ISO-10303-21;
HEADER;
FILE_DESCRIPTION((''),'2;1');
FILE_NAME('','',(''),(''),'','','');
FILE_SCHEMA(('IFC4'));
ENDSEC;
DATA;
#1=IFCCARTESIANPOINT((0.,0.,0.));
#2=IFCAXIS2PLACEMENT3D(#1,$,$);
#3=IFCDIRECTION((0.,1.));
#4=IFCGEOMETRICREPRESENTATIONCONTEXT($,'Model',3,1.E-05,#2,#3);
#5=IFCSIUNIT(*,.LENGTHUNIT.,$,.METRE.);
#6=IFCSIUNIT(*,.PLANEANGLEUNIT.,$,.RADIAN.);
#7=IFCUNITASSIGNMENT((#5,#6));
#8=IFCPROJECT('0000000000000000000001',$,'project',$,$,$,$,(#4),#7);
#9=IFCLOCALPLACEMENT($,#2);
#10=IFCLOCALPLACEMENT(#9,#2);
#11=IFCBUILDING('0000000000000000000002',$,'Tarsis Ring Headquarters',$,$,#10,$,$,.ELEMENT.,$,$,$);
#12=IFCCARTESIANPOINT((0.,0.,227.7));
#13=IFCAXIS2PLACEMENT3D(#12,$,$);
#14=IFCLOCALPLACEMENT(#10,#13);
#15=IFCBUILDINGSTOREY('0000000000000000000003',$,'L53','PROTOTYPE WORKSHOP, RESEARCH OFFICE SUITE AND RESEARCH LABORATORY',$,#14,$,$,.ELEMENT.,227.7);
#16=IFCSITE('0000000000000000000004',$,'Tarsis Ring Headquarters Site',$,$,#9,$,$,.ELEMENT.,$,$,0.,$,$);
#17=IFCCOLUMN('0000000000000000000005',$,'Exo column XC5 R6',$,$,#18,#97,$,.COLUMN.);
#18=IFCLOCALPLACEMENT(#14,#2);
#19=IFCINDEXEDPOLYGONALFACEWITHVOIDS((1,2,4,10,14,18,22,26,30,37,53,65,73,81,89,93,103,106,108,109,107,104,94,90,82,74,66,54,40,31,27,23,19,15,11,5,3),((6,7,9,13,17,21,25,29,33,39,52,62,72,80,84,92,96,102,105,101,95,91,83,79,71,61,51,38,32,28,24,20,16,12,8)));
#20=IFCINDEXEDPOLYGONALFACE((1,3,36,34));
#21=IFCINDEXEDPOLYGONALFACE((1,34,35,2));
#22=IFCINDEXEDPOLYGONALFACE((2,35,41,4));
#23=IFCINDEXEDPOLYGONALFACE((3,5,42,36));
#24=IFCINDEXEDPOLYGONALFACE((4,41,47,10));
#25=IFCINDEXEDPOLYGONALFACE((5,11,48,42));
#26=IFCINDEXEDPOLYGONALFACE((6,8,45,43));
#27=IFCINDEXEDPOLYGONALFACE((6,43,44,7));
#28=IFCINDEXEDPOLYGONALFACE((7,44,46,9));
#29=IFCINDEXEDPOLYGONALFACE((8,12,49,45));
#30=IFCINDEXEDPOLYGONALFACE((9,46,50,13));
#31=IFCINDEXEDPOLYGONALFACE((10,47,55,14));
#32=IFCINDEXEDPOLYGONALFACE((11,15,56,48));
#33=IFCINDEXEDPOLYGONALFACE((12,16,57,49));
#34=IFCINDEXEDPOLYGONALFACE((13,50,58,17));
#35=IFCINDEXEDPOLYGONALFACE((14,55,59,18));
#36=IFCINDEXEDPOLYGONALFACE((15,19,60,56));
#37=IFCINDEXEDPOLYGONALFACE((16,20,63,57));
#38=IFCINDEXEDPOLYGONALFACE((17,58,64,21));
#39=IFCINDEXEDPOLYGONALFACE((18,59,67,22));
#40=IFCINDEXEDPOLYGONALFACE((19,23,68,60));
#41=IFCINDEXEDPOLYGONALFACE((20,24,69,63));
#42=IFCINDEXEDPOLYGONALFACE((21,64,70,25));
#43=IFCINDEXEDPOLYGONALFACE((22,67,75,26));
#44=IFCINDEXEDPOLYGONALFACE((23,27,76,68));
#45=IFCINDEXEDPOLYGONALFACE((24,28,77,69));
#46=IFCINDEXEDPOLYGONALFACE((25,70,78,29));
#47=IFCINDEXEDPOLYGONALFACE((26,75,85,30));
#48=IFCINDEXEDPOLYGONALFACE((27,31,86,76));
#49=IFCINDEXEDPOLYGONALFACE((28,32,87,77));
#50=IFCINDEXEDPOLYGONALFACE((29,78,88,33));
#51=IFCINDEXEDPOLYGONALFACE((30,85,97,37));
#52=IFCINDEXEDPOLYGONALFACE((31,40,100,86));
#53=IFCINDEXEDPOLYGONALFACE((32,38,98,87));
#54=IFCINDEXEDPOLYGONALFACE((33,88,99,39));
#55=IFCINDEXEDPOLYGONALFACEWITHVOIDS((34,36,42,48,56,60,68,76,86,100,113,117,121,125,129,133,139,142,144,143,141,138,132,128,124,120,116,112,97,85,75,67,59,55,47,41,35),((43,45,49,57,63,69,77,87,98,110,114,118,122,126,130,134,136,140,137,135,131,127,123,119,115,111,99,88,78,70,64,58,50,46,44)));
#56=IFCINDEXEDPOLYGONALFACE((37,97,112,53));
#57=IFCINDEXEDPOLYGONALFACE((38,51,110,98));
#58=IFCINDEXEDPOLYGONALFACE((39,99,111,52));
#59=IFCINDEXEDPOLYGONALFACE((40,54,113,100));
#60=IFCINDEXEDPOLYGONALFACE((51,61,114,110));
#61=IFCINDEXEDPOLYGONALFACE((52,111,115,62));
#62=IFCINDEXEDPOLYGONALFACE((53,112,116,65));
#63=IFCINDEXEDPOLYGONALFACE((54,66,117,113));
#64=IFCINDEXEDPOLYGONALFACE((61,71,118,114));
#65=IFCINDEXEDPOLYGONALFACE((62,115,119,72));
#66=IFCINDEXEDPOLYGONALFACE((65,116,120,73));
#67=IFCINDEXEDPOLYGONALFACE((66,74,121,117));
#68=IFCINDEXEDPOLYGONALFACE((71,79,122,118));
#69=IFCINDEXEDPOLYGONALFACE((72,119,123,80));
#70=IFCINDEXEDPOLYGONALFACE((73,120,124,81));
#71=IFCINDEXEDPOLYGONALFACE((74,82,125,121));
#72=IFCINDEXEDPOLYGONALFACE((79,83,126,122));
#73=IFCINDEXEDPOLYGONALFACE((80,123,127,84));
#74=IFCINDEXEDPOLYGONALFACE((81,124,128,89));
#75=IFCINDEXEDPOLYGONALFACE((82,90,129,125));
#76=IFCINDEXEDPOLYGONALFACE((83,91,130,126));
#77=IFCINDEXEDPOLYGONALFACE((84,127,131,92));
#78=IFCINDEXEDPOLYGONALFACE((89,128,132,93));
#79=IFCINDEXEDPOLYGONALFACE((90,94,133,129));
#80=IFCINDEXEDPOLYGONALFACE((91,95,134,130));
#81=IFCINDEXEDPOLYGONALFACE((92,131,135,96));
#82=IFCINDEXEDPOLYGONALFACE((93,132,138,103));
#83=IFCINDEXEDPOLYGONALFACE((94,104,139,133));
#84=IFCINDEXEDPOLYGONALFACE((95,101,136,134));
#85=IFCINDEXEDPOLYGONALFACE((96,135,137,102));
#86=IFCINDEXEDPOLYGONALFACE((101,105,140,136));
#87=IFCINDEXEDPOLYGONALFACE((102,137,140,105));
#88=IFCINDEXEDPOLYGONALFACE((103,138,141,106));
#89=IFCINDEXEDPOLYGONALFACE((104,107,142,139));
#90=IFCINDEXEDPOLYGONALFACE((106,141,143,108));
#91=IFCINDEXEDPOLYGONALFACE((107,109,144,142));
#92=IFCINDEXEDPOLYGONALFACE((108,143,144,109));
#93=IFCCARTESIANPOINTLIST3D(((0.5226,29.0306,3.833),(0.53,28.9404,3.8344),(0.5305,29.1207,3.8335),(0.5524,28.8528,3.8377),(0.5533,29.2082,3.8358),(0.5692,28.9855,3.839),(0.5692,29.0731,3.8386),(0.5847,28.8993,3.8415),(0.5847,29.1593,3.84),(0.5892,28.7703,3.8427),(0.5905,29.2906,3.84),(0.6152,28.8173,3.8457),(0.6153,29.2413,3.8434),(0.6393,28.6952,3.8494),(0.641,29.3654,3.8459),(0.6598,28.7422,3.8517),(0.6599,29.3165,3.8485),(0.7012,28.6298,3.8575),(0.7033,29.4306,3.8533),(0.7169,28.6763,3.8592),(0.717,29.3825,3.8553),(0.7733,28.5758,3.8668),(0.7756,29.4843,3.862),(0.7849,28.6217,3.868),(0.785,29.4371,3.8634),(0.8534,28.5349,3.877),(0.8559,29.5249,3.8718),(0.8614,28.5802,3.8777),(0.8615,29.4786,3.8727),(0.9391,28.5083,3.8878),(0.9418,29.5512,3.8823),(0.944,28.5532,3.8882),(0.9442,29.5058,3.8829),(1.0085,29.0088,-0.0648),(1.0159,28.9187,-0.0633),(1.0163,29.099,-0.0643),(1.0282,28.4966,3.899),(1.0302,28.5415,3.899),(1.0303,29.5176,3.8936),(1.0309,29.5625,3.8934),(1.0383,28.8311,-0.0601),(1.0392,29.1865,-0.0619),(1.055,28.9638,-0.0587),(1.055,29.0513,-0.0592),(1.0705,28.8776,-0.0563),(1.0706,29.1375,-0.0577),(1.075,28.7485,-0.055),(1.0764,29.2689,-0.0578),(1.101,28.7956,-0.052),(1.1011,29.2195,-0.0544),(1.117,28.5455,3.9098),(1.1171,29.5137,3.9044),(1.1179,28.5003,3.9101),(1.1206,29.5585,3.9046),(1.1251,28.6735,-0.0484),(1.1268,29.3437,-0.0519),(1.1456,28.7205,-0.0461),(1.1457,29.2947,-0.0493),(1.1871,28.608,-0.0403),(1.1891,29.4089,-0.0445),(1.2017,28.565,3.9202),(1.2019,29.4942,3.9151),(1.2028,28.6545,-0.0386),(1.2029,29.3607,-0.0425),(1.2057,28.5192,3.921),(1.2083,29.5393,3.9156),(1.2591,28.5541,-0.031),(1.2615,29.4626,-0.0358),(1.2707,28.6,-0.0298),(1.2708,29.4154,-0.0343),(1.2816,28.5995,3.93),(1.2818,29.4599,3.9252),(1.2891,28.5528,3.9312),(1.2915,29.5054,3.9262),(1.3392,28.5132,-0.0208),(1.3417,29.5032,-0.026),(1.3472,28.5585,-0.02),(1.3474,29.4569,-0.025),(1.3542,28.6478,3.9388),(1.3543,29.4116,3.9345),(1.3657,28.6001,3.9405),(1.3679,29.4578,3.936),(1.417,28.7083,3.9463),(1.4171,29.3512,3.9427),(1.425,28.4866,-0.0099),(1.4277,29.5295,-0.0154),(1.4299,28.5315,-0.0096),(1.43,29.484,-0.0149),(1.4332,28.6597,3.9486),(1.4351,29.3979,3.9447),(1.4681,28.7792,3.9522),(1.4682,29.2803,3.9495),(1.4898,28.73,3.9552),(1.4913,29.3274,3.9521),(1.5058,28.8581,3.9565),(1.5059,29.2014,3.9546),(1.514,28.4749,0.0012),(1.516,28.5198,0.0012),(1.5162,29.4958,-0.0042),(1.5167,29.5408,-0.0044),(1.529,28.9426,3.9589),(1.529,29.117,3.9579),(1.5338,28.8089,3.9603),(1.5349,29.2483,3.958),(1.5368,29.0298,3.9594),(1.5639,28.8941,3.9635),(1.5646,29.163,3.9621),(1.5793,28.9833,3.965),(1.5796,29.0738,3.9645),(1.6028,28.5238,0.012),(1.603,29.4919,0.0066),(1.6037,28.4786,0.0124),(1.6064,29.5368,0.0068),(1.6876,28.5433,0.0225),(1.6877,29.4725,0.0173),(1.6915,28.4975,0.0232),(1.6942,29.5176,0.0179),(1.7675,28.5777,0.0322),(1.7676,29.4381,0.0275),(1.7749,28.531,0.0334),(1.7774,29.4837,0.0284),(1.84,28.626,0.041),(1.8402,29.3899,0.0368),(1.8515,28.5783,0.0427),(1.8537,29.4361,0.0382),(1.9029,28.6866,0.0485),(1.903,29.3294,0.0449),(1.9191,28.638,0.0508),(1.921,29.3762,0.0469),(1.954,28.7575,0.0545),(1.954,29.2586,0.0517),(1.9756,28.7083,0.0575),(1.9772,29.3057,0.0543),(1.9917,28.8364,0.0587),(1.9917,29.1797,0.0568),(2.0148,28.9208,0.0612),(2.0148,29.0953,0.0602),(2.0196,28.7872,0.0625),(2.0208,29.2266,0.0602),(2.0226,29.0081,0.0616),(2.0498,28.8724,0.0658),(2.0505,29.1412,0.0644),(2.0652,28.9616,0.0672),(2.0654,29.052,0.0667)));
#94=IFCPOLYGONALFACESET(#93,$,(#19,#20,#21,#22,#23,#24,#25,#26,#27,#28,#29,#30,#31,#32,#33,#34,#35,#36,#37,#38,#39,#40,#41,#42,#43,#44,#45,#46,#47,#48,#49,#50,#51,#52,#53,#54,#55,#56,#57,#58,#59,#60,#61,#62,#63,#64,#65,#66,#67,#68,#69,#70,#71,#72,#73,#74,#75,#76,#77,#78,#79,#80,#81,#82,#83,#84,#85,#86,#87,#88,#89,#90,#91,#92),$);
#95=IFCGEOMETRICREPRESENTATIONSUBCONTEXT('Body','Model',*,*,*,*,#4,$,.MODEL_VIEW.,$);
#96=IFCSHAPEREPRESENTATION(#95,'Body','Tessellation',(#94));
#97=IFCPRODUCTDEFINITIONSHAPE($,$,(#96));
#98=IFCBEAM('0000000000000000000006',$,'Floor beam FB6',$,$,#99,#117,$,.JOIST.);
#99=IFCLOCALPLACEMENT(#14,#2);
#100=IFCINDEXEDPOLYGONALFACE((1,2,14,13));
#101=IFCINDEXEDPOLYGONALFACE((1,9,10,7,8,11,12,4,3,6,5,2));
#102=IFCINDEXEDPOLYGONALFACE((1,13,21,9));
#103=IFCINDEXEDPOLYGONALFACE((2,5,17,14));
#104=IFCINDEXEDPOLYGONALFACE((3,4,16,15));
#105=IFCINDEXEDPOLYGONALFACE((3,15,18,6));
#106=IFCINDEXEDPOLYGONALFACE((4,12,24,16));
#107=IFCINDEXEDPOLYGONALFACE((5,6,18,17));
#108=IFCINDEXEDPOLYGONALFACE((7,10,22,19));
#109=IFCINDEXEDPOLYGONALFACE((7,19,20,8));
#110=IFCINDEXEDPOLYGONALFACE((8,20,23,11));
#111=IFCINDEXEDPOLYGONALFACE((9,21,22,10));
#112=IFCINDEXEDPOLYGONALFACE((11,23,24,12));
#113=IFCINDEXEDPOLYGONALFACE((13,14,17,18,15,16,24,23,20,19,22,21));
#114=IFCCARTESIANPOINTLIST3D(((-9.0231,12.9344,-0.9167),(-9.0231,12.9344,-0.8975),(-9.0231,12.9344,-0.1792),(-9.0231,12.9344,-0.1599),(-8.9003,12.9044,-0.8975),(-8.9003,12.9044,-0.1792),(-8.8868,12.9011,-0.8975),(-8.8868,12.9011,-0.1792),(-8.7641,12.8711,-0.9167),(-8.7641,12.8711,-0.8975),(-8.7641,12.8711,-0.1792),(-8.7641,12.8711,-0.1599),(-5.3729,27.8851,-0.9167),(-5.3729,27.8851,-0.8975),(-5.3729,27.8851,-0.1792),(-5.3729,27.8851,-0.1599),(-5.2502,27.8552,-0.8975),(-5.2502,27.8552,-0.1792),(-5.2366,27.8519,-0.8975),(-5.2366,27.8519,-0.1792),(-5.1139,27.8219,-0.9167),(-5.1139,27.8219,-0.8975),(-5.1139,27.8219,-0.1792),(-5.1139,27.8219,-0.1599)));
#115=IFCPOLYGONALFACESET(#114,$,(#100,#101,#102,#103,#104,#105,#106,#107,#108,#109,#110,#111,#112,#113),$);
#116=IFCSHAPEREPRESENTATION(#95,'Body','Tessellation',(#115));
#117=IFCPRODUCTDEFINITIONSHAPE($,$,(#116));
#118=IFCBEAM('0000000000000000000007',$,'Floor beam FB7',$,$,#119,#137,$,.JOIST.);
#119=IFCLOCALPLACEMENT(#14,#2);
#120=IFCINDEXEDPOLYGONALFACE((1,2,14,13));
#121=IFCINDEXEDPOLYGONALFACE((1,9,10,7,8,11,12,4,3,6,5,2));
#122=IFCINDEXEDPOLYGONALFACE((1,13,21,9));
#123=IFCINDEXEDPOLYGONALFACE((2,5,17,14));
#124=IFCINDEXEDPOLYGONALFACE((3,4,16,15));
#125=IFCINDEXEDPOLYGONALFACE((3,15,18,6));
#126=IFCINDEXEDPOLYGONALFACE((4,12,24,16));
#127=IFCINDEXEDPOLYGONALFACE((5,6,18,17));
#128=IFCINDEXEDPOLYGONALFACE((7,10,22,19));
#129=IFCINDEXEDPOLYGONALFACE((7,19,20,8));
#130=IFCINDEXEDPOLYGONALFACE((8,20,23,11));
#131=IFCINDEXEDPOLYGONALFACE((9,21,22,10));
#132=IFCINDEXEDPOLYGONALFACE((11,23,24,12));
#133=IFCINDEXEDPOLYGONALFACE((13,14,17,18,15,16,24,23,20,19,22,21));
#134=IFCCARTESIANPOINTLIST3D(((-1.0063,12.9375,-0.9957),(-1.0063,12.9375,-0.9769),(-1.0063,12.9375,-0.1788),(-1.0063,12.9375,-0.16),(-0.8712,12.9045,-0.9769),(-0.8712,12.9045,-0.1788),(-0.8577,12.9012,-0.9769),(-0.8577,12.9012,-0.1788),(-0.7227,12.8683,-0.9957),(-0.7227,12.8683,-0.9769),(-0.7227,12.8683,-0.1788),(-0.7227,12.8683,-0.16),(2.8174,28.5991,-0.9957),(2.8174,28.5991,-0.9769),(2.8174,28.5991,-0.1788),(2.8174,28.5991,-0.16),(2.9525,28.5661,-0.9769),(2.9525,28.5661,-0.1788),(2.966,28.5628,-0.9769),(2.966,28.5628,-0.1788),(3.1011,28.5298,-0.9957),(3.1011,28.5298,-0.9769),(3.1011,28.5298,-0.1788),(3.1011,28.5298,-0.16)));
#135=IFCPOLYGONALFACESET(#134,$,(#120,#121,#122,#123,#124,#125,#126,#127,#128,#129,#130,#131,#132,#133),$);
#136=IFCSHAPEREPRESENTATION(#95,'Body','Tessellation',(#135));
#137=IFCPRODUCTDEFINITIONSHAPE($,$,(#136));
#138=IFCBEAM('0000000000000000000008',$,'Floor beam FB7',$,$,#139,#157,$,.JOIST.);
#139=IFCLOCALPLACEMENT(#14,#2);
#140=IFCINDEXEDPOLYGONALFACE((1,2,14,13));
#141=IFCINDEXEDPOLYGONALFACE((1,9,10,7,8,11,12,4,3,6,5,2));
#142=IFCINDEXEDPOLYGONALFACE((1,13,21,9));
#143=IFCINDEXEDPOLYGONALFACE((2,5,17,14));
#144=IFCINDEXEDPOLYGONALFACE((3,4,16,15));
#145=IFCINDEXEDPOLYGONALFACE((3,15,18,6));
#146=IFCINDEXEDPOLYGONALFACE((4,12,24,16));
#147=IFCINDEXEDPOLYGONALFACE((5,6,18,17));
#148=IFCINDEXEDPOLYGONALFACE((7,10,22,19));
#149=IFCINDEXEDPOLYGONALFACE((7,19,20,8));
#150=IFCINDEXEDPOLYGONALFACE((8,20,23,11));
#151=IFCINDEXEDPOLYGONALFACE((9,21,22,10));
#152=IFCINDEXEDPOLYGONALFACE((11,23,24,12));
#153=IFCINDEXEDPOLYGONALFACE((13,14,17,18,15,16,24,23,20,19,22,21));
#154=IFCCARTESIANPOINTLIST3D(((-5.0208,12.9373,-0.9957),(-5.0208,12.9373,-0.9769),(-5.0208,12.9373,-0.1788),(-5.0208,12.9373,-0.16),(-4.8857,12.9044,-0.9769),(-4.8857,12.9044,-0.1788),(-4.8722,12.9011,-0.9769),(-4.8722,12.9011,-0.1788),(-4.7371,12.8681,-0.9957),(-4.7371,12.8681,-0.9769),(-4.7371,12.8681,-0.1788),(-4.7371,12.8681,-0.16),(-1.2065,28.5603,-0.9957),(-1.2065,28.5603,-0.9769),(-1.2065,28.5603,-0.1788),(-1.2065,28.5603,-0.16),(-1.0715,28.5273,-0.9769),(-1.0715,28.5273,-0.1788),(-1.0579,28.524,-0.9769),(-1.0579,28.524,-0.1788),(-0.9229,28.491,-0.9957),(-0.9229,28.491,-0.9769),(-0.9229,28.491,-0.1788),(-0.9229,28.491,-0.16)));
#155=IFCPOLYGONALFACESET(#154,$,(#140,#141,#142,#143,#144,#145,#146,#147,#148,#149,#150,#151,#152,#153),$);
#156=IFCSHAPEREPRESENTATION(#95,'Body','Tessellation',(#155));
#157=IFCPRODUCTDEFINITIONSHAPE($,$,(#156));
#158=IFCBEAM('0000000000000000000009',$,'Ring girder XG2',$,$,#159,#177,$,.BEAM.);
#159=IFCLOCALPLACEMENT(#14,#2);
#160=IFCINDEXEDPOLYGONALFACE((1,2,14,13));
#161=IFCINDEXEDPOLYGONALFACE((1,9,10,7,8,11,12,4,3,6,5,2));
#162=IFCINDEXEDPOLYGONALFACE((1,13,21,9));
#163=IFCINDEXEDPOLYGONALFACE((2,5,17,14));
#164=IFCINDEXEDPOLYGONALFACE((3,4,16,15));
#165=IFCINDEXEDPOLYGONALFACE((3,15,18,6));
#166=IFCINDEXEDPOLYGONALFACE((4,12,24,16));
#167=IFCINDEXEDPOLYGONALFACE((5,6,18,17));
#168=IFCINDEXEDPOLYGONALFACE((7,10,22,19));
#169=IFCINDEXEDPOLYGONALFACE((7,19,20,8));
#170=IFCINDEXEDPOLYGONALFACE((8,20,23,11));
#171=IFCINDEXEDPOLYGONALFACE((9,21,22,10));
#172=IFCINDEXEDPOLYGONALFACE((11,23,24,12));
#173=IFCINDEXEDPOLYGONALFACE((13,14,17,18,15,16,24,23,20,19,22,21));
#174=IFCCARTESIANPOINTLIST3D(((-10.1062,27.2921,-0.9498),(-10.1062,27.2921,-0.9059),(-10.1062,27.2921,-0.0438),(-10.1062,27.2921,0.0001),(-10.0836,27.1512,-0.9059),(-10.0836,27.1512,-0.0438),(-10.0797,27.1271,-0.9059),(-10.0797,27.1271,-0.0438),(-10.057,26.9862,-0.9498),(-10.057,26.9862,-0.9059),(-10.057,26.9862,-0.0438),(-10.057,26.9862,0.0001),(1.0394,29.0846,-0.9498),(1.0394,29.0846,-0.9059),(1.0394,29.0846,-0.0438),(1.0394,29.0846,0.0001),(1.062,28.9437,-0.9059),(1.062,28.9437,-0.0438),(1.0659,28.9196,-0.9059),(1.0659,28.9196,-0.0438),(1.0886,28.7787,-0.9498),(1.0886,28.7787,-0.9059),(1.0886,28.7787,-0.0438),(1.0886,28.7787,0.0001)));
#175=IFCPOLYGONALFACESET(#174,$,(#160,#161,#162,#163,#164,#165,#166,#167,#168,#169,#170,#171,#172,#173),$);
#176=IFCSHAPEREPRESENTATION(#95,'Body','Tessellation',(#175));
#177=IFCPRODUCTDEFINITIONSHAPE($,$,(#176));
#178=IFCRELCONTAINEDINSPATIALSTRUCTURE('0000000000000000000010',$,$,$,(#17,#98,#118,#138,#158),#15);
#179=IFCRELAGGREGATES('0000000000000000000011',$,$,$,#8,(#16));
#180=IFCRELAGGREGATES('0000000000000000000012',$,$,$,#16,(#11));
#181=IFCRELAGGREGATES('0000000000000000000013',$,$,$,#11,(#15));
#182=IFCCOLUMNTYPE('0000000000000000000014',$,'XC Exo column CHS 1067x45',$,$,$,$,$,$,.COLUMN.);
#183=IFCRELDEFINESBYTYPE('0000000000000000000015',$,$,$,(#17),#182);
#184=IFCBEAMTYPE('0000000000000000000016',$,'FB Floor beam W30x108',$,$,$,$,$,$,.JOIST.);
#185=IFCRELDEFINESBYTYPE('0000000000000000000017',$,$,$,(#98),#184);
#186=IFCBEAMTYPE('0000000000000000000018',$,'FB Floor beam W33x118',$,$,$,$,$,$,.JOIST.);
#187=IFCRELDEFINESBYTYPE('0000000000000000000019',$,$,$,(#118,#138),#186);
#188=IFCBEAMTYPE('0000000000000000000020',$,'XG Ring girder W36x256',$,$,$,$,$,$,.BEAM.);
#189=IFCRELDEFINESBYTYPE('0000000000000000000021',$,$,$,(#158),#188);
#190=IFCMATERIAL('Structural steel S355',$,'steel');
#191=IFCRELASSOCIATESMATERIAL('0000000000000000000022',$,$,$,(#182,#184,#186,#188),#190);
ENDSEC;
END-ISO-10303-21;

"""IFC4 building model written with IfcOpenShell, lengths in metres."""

from ifc_helpers import new_model, si_unit, direction, frame, origin, origin_2d, place, context, subcontext, project, spatial, hollow_circle, i_section, extrude, material, material_profile, profile_set, type_object, element, save


model = new_model("IFC4")

# Units and contexts
model_context = context("Model", 3, precision=1e-05, world=origin(), true_north=direction((0.0, 1.0)))
body_context = subcontext(model_context, "Body", "Model", "MODEL_VIEW")
ifc_project = project(units=[si_unit("LENGTHUNIT", "METRE"), si_unit("PLANEANGLEUNIT", "RADIAN")], contexts=[model_context])

# Site, building, storey
site_placement = place(None, origin())
site = spatial("IfcSite", under=ifc_project, at=site_placement, Name="Tarsis Ring Headquarters Site", CompositionType="ELEMENT", RefElevation=0.0)
building_placement = place(site_placement, origin())
building = spatial("IfcBuilding", under=site, at=building_placement, Name="Tarsis Ring Headquarters", CompositionType="ELEMENT")
storey_placement = place(building_placement, frame((0.0, 0.0, 227.7)))
storey = spatial("IfcBuildingStorey", under=building, at=storey_placement, Name="L53", Description="PROTOTYPE WORKSHOP, RESEARCH OFFICE SUITE AND RESEARCH LABORATORY", CompositionType="ELEMENT", Elevation=227.7)

# Column
ifc_material_1 = material(Name="Structural steel S355", Category="steel")
ifc_material_profile_1 = material_profile(ifc_material_1, hollow_circle(Radius=0.5334, WallThickness=0.0449, at=origin_2d()), Name="CHS 1067x45")
ifc_profile_set_1 = profile_set([ifc_material_profile_1], Name="Structural steel S355")
column_type = type_object("IfcColumnType", Name="XC Exo column CHS 1067x45", PredefinedType="COLUMN", material=ifc_profile_set_1)
column_placement = place(storey_placement, frame((1.5378, 29.0078, 0.0012), z_axis=(-0.123689, 0.005532, 0.992306), x_axis=(-0.044679, -0.999001, 0.0)))
element("IfcColumn", 1, at=column_placement, inside=storey, type_object=column_type, Name="Exo column XC5 R6", PredefinedType="COLUMN", context=body_context, shape_type="SweptSolid", body=[
    extrude(hollow_circle(Radius=0.5334, WallThickness=0.0449, at=origin_2d()), origin(), (0.0, 0.0, 1.0), 3.928),
])

# Beams
ifc_material_profile_2 = material_profile(ifc_material_1, i_section(OverallWidth=0.2666, OverallDepth=0.7568, WebThickness=0.0139, FlangeThickness=0.0193, at=origin_2d()), Name="W30x108")
ifc_profile_set_2 = profile_set([ifc_material_profile_2], Name="Structural steel S355")
beam_type_1 = type_object("IfcBeamType", Name="FB Floor beam W30x108", PredefinedType="JOIST", material=ifc_profile_set_2)
beam_1_placement = place(storey_placement, frame((-5.2434, 27.8535, -0.5383), z_axis=(-0.237179, -0.971466, 0.0), x_axis=(0.971466, -0.237179, 0.0)))
element("IfcBeam", 2, at=beam_1_placement, inside=storey, type_object=beam_type_1, Name="Floor beam FB6", PredefinedType="JOIST", context=body_context, shape_type="SweptSolid", body=[
    extrude(i_section(OverallWidth=0.2666, OverallDepth=0.7568, WebThickness=0.0139, FlangeThickness=0.0193, at=origin_2d()), origin(), (0.0, 0.0, 1.0), 15.3899),
])
ifc_material_profile_3 = material_profile(ifc_material_1, i_section(OverallWidth=0.292, OverallDepth=0.8357, WebThickness=0.0139, FlangeThickness=0.0188, at=origin_2d()), Name="W33x118")
ifc_profile_set_3 = profile_set([ifc_material_profile_3], Name="Structural steel S355")
beam_type_2 = type_object("IfcBeamType", Name="FB Floor beam W33x118", PredefinedType="JOIST", material=ifc_profile_set_3)
beam_2_placement = place(storey_placement, frame((2.9592, 28.5645, -0.5779), z_axis=(-0.23718, -0.971466, 0.0), x_axis=(0.971466, -0.23718, 0.0)))
element("IfcBeam", 3, at=beam_2_placement, inside=storey, type_object=beam_type_2, Name="Floor beam FB7", PredefinedType="JOIST", context=body_context, shape_type="SweptSolid", body=[
    extrude(i_section(OverallWidth=0.292, OverallDepth=0.8357, WebThickness=0.0139, FlangeThickness=0.0188, at=origin_2d()), origin(), (0.0, 0.0, 1.0), 16.1216),
])
beam_3_placement = place(storey_placement, frame((-1.0647, 28.5256, -0.5779), z_axis=(-0.237177, -0.971466, 0.0), x_axis=(0.971466, -0.237177, 0.0)))
element("IfcBeam", 4, at=beam_3_placement, inside=storey, type_object=beam_type_2, Name="Floor beam FB7", PredefinedType="JOIST", context=body_context, shape_type="SweptSolid", body=[
    extrude(i_section(OverallWidth=0.292, OverallDepth=0.8357, WebThickness=0.0139, FlangeThickness=0.0188, at=origin_2d()), origin(), (0.0, 0.0, 1.0), 16.0818),
])
ifc_material_profile_4 = material_profile(ifc_material_1, i_section(OverallWidth=0.3098, OverallDepth=0.95, WebThickness=0.0244, FlangeThickness=0.0439, at=origin_2d()), Name="W36x256")
ifc_profile_set_4 = profile_set([ifc_material_profile_4], Name="Structural steel S355")
beam_type_3 = type_object("IfcBeamType", Name="XG Ring girder W36x256", PredefinedType="BEAM", material=ifc_profile_set_4)
beam_4_placement = place(storey_placement, frame((1.064, 28.9316, -0.4749), z_axis=(-0.987313, -0.158785, 0.0), x_axis=(0.158785, -0.987313, 0.0)))
element("IfcBeam", 5, at=beam_4_placement, inside=storey, type_object=beam_type_3, Name="Ring girder XG2", PredefinedType="BEAM", context=body_context, shape_type="SweptSolid", body=[
    extrude(i_section(OverallWidth=0.3098, OverallDepth=0.95, WebThickness=0.0244, FlangeThickness=0.0439, at=origin_2d()), origin(), (0.0, 0.0, 1.0), 11.2888),
])

save(model, "model.ifc")
